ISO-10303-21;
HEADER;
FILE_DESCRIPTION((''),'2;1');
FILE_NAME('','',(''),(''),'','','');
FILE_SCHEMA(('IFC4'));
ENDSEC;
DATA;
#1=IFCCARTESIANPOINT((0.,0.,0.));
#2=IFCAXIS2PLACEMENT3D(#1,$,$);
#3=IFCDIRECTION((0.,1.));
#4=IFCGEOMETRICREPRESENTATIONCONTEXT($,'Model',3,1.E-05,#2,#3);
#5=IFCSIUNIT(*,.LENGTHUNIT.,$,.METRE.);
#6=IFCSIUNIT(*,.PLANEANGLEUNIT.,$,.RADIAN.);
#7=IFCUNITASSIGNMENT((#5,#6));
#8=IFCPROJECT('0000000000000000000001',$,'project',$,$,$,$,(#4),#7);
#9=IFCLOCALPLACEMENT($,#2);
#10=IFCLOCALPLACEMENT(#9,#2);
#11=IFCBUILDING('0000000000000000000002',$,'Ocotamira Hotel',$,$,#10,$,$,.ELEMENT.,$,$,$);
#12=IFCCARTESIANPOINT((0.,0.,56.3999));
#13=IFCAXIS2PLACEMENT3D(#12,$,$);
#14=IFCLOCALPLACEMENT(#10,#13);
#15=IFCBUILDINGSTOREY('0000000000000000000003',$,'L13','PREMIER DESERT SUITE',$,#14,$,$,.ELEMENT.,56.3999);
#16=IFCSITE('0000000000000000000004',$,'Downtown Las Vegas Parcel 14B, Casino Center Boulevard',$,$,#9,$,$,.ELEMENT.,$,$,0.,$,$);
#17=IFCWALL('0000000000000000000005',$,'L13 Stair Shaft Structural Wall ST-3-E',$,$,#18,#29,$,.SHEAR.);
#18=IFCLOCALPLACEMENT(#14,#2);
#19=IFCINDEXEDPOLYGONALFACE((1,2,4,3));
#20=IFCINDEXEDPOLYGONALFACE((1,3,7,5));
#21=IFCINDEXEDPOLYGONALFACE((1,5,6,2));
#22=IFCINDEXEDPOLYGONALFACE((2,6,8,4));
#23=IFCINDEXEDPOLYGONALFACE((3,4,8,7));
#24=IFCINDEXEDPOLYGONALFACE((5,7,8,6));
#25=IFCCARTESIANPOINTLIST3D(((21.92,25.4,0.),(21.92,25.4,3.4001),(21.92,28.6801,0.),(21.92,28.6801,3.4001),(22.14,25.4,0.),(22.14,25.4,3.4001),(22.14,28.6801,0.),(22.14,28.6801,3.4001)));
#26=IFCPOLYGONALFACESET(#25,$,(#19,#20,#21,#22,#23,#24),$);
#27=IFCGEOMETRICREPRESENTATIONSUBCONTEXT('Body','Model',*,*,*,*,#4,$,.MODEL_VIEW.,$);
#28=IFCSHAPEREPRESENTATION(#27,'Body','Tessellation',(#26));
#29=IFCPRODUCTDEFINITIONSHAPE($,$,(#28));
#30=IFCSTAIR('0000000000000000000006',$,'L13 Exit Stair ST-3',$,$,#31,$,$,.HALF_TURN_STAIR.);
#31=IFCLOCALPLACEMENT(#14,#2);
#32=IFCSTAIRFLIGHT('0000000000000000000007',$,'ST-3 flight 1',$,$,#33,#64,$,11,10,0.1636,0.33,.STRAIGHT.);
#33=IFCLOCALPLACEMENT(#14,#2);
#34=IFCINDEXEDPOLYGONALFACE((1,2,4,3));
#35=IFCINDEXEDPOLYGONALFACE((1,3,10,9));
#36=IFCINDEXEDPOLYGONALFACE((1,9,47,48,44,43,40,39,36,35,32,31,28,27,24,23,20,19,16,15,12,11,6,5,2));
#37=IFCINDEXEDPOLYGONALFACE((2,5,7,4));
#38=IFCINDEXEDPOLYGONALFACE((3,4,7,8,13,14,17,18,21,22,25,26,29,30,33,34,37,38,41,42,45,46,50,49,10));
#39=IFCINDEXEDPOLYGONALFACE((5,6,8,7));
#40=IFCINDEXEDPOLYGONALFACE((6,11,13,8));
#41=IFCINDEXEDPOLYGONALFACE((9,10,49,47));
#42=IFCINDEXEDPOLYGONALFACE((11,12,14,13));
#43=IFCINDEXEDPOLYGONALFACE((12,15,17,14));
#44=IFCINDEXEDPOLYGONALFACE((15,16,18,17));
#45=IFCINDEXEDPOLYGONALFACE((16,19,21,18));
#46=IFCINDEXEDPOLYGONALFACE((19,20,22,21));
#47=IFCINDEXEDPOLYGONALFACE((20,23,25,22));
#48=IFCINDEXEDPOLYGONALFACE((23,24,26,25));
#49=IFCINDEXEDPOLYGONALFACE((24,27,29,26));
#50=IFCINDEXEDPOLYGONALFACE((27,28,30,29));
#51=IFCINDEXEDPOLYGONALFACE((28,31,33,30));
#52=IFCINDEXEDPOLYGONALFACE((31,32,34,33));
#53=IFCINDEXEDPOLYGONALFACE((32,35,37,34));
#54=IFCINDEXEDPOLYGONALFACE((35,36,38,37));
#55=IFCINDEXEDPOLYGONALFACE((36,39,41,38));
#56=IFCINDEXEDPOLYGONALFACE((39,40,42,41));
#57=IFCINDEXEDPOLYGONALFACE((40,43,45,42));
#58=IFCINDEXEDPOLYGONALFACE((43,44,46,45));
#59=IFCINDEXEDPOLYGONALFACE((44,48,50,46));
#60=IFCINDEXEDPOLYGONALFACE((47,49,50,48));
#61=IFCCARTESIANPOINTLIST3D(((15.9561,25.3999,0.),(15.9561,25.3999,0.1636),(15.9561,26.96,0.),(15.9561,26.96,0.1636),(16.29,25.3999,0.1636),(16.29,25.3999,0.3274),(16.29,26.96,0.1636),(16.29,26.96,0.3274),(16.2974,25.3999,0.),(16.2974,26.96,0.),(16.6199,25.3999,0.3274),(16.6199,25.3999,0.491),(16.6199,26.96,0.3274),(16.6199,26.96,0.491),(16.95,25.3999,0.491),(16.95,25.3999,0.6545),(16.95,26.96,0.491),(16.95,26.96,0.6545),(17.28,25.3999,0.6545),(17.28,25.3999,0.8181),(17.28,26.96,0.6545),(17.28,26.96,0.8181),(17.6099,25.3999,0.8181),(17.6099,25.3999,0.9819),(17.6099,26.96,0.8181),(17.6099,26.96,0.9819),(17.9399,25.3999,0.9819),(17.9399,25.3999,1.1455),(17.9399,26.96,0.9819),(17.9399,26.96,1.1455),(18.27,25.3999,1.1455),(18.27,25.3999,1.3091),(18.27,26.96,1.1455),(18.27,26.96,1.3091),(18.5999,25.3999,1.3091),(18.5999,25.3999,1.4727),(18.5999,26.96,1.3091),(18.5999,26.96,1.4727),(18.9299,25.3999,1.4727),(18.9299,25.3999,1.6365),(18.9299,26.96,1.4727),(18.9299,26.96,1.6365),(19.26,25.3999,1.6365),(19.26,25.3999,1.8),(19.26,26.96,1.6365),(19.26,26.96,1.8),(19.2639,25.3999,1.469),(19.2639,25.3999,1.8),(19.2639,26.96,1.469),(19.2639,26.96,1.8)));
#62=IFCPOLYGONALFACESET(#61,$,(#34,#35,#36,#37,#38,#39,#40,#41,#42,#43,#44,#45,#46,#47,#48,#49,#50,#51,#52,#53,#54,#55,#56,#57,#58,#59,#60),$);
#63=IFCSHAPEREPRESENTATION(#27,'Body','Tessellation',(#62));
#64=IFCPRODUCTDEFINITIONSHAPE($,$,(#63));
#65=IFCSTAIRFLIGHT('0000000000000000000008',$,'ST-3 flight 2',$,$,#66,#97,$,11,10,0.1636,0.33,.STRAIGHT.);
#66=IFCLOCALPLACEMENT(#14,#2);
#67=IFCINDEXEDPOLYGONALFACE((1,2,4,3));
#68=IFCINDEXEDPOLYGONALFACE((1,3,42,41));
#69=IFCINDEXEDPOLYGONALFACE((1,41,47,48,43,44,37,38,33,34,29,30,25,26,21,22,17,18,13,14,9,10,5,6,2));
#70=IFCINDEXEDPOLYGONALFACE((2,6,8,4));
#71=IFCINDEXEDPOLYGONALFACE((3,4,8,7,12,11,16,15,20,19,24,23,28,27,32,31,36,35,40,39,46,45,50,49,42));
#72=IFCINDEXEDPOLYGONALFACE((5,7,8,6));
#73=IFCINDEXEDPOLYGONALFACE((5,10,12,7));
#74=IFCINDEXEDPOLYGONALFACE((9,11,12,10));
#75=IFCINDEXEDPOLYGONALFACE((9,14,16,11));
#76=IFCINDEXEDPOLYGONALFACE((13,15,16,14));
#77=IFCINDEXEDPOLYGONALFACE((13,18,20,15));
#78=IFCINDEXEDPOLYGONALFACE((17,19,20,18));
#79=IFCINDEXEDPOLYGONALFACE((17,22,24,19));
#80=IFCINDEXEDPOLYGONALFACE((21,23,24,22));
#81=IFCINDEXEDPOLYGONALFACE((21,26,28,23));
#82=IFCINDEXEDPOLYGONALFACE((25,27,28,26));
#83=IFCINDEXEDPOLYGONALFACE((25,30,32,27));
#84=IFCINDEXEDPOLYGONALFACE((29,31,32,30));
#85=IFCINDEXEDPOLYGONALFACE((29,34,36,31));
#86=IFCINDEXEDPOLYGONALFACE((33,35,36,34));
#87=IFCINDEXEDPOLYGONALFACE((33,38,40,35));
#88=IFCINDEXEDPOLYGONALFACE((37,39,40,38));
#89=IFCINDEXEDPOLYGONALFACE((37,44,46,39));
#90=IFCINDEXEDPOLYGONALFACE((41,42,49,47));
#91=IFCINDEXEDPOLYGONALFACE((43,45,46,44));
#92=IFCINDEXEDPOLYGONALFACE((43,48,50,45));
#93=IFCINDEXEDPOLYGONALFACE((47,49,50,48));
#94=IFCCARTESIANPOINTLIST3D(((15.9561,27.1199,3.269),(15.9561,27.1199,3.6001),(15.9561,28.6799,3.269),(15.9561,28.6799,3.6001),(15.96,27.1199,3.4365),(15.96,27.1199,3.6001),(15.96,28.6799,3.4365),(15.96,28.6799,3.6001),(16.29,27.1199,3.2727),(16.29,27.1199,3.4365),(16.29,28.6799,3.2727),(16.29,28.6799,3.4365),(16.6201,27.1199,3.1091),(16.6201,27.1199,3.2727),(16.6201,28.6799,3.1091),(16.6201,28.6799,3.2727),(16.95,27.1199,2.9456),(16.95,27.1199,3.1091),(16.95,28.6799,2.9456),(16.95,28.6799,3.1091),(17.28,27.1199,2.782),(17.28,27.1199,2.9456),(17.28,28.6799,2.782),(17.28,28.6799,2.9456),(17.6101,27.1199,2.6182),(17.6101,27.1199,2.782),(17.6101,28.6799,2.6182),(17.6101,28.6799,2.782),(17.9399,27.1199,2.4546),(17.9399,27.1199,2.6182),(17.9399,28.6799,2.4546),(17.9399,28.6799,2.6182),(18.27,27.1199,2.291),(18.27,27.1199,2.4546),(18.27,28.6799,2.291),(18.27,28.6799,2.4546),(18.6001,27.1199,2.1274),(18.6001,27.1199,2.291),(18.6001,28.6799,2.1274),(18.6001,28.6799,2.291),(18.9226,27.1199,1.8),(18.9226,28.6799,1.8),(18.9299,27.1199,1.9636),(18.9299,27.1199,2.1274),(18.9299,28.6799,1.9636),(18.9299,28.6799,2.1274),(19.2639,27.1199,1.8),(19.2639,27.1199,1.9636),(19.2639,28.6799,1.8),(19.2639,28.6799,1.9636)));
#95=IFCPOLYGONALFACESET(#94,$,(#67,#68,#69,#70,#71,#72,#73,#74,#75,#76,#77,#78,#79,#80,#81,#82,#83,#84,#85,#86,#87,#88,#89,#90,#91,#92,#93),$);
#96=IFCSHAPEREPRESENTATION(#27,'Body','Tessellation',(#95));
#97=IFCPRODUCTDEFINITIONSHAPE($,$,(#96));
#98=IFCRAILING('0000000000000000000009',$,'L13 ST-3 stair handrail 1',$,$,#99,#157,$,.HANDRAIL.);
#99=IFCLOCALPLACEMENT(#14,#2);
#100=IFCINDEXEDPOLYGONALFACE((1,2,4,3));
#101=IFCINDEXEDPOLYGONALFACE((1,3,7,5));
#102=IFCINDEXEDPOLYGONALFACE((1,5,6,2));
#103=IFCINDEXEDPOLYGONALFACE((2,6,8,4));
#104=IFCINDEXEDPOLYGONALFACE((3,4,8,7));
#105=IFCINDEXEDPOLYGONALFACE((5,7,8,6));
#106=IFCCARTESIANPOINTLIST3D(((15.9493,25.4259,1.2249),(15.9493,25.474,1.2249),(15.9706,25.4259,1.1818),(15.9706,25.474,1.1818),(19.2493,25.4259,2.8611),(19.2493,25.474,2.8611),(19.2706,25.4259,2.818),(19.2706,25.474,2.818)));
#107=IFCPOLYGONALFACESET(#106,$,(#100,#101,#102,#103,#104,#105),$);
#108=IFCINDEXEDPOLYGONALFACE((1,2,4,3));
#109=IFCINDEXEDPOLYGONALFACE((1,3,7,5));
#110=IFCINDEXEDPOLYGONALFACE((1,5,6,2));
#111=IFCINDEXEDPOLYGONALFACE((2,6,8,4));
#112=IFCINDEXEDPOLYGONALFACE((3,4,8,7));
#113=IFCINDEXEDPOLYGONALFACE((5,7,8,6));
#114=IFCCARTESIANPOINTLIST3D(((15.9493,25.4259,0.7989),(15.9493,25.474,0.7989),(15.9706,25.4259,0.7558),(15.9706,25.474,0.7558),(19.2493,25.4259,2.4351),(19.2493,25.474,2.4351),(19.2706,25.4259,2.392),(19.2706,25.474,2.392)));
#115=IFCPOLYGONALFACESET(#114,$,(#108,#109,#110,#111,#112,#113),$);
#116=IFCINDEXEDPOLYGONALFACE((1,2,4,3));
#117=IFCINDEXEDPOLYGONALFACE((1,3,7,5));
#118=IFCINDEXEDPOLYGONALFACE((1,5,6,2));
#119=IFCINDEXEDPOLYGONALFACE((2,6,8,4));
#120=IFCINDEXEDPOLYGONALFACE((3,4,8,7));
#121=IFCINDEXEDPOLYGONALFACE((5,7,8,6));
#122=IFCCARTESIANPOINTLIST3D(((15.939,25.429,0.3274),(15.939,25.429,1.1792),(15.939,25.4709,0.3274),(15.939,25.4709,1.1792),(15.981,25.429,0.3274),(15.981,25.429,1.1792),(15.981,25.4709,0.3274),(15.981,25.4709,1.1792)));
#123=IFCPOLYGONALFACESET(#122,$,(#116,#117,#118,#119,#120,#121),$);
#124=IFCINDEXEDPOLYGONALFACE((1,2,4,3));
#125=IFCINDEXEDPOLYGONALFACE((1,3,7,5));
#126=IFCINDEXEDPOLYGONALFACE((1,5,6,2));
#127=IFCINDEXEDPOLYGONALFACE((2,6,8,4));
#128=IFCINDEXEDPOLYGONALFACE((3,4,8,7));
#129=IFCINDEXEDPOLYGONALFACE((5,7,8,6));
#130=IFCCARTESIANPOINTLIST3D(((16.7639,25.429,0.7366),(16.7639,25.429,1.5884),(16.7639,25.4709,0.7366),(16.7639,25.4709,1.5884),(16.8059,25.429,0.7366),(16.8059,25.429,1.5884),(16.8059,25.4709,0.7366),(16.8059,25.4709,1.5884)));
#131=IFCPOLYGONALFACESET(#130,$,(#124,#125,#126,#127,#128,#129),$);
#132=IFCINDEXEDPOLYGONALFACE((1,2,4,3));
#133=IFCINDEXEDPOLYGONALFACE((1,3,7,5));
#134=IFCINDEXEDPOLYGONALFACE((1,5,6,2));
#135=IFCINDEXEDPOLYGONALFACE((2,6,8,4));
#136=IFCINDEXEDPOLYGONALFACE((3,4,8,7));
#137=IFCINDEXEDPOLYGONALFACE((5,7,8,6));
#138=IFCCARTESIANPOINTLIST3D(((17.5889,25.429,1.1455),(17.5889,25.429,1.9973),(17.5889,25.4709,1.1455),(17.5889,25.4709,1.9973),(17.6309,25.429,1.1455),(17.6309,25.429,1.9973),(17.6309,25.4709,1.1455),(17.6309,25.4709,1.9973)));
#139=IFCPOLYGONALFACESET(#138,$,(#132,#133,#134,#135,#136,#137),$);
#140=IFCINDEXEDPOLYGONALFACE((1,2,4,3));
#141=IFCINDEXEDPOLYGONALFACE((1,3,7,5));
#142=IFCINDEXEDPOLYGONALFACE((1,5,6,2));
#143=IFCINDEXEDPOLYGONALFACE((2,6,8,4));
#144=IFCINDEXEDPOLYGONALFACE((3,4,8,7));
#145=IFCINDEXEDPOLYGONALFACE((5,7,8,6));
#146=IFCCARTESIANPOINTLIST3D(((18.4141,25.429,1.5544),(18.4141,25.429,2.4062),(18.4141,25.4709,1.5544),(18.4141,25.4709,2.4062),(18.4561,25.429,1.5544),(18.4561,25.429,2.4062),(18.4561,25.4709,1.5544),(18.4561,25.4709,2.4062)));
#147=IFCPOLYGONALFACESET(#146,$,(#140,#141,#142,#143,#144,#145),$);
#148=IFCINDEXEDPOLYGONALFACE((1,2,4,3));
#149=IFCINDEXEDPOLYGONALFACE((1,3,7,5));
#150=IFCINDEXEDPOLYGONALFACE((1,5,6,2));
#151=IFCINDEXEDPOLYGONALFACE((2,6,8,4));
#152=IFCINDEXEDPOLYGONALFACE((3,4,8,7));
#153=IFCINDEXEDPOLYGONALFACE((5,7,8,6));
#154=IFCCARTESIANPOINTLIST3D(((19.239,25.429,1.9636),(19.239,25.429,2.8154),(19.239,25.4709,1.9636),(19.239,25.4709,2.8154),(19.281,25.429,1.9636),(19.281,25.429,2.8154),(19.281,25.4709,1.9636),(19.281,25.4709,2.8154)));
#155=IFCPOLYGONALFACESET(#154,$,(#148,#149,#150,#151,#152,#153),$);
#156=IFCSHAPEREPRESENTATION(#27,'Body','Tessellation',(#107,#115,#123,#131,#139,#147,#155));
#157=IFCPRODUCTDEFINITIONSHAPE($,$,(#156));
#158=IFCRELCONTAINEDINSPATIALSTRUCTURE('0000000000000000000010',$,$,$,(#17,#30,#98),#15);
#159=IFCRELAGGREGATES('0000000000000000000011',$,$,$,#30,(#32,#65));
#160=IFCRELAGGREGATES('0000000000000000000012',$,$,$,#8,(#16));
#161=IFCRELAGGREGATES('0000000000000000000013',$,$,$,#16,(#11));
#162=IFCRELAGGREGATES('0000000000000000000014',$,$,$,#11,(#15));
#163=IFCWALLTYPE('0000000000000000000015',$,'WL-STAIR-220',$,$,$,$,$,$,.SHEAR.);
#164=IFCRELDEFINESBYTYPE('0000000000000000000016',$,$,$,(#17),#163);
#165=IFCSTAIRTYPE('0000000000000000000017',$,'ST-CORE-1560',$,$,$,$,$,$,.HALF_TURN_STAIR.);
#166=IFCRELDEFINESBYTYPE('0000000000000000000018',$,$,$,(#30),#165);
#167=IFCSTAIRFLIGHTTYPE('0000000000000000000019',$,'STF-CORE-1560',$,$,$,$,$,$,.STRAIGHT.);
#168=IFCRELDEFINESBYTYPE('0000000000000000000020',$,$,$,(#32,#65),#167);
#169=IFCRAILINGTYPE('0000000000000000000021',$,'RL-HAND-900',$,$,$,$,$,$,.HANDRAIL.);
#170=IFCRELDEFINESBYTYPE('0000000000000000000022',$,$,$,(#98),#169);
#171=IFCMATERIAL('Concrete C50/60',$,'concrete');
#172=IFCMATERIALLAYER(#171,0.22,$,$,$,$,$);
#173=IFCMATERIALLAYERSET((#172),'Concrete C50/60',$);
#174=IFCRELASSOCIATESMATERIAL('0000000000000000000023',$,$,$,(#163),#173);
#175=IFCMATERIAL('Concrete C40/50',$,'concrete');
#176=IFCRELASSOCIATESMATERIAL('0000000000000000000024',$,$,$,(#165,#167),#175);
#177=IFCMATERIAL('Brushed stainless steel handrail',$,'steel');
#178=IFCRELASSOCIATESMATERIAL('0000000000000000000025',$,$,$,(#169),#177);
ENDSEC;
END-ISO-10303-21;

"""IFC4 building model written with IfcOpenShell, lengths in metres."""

from ifc_helpers import new_model, si_unit, direction, frame, frame_2d, origin, origin_2d, place, context, subcontext, project, spatial, polyline, rectangle, outline, extrude, source, transform, mapped, material, layer, layer_set, type_object, element, aggregate, save


model = new_model("IFC4")

# Units and contexts
model_context = context("Model", 3, precision=1e-05, world=origin(), true_north=direction((0.0, 1.0)))
body_context = subcontext(model_context, "Body", "Model", "MODEL_VIEW")
ifc_project = project(units=[si_unit("LENGTHUNIT", "METRE"), si_unit("PLANEANGLEUNIT", "RADIAN")], contexts=[model_context])

# Site, building, storey
site_placement = place(None, origin())
site = spatial("IfcSite", under=ifc_project, at=site_placement, Name="Downtown Las Vegas Parcel 14B, Casino Center Boulevard", CompositionType="ELEMENT", RefElevation=0.0)
building_placement = place(site_placement, origin())
building = spatial("IfcBuilding", under=site, at=building_placement, Name="Ocotamira Hotel", CompositionType="ELEMENT")
storey_placement = place(building_placement, frame((0.0, 0.0, 56.3999)))
storey = spatial("IfcBuildingStorey", under=building, at=storey_placement, Name="L13", Description="PREMIER DESERT SUITE", CompositionType="ELEMENT", Elevation=56.3999)

# Shared definitions
ifc_material_1 = material(Name="Concrete C50/60", Category="concrete")
ifc_layer_1 = layer(ifc_material_1, 0.22)
ifc_layer_set_1 = layer_set([ifc_layer_1], Name="Concrete C50/60")
wall_type_1 = type_object("IfcWallType", Name="WL-STAIR-220", PredefinedType="SHEAR", material=ifc_layer_set_1)

# Wall
for number, where, z_axis, x_axis, name in (
    (1, (22.03, 25.3999, 0.0), (0.0, 0.0, 1.0), (0.0, 1.0, 0.0), "L13 Stair Shaft Structural Wall ST-3-E"),
):
    element("IfcWall", number, at=place(storey_placement, frame(where, z_axis=z_axis, x_axis=x_axis)), inside=storey, type_object=wall_type_1, Name=name, PredefinedType="SHEAR", context=body_context, shape_type="SweptSolid", body=[
        extrude(rectangle(XDim=3.28, YDim=0.22, at=frame_2d((1.6401, 0.0))), origin(), (0.0, 0.0, 1.0), 3.4001),
    ])

# Stair, stair flights
ifc_material_2 = material(Name="Concrete C40/50", Category="concrete")
stair_type = type_object("IfcStairType", Name="ST-CORE-1560", PredefinedType="HALF_TURN_STAIR", material=ifc_material_2)
stair_placement = place(storey_placement, origin())
stair = element("IfcStair", 2, at=stair_placement, inside=storey, type_object=stair_type, Name="L13 Exit Stair ST-3", PredefinedType="HALF_TURN_STAIR")
stair_flight_type = type_object("IfcStairFlightType", Name="STF-CORE-1560", PredefinedType="STRAIGHT", material=ifc_material_2)
shared_shape_1 = source(origin(), body_context, "Body", "SweptSolid", [
    extrude(outline(polyline([(-0.0039, 0.0), (-0.0039, 0.1636), (0.3301, 0.1636), (0.3301, 0.3274), (0.6599, 0.3274), (0.6599, 0.491), (0.99, 0.491), (0.99, 0.6545), (1.3201, 0.6545), (1.3201, 0.8181), (1.6499, 0.8181), (1.6499, 0.9819), (1.98, 0.9819), (1.98, 1.1455), (2.3101, 1.1455), (2.3101, 1.3091), (2.6399, 1.3091), (2.6399, 1.4727), (2.97, 1.4727), (2.97, 1.6365), (3.3, 1.6365), (3.3, 1.8), (3.304, 1.8), (3.304, 1.469), (0.3374, 0.0), (-0.0039, 0.0)])), frame((0.0, 0.78, 0.0), z_axis=(0.0, -1.0, 0.0), x_axis=(1.0, 0.0, 0.0)), (0.0, 0.0, 1.0), 1.5601),
])
stair_flight_1_placement = place(storey_placement, frame((15.96, 26.1799, 0.0), z_axis=(0.0, 0.0, 1.0), x_axis=(1.0, 0.0, 0.0)))
stair_flight_1 = element("IfcStairFlight", 3, at=stair_flight_1_placement, type_object=stair_flight_type, Name="ST-3 flight 1", NumberOfRisers=11, NumberOfTreads=10, PredefinedType="STRAIGHT", RiserHeight=0.1636, TreadLength=0.33, context=body_context, shape_type="MappedRepresentation", body=[
    mapped(shared_shape_1, transform((0.0, 0.0, 0.0), scale=1.0)),
])
stair_flight_2_placement = place(storey_placement, frame((19.26, 27.8999, 1.8), z_axis=(0.0, 0.0, 1.0), x_axis=(-1.0, 0.0, 0.0)))
stair_flight_2 = element("IfcStairFlight", 4, at=stair_flight_2_placement, type_object=stair_flight_type, Name="ST-3 flight 2", NumberOfRisers=11, NumberOfTreads=10, PredefinedType="STRAIGHT", RiserHeight=0.1636, TreadLength=0.33, context=body_context, shape_type="MappedRepresentation", body=[
    mapped(shared_shape_1, transform((0.0, 0.0, 0.0), scale=1.0)),
])
aggregate(stair, [stair_flight_1, stair_flight_2])

# Railing
ifc_material_3 = material(Name="Brushed stainless steel handrail", Category="steel")
railing_type_1 = type_object("IfcRailingType", Name="RL-HAND-900", PredefinedType="HANDRAIL", material=ifc_material_3)
railing_1_placement = place(storey_placement, frame((15.96, 25.45, 0.3274)))
element("IfcRailing", 5, at=railing_1_placement, inside=storey, type_object=railing_type_1, Name="L13 ST-3 stair handrail 1", PredefinedType="HANDRAIL", context=body_context, shape_type="SweptSolid", body=[
    extrude(rectangle(XDim=0.0481, YDim=0.0481, at=origin_2d()), frame((0.0, 0.0, 0.876), z_axis=(0.89592, 0.0, 0.444215), x_axis=(0.0, 1.0, 0.0)), (0.0, 0.0, 1.0), 3.6833),
    extrude(rectangle(XDim=0.0481, YDim=0.0481, at=origin_2d()), frame((0.0, 0.0, 0.45), z_axis=(0.89592, 0.0, 0.444215), x_axis=(0.0, 1.0, 0.0)), (0.0, 0.0, 1.0), 3.6833),
    extrude(rectangle(XDim=0.042, YDim=0.042, at=origin_2d()), origin(), (0.0, 0.0, 1.0), 0.8518),
    extrude(rectangle(XDim=0.042, YDim=0.042, at=origin_2d()), frame((0.825, 0.0, 0.4092)), (0.0, 0.0, 1.0), 0.8518),
    extrude(rectangle(XDim=0.042, YDim=0.042, at=origin_2d()), frame((1.6499, 0.0, 0.8181)), (0.0, 0.0, 1.0), 0.8518),
    extrude(rectangle(XDim=0.042, YDim=0.042, at=origin_2d()), frame((2.4751, 0.0, 1.2271)), (0.0, 0.0, 1.0), 0.8518),
    extrude(rectangle(XDim=0.042, YDim=0.042, at=origin_2d()), frame((3.3, 0.0, 1.6362)), (0.0, 0.0, 1.0), 0.8518),
])

save(model, "model.ifc")
